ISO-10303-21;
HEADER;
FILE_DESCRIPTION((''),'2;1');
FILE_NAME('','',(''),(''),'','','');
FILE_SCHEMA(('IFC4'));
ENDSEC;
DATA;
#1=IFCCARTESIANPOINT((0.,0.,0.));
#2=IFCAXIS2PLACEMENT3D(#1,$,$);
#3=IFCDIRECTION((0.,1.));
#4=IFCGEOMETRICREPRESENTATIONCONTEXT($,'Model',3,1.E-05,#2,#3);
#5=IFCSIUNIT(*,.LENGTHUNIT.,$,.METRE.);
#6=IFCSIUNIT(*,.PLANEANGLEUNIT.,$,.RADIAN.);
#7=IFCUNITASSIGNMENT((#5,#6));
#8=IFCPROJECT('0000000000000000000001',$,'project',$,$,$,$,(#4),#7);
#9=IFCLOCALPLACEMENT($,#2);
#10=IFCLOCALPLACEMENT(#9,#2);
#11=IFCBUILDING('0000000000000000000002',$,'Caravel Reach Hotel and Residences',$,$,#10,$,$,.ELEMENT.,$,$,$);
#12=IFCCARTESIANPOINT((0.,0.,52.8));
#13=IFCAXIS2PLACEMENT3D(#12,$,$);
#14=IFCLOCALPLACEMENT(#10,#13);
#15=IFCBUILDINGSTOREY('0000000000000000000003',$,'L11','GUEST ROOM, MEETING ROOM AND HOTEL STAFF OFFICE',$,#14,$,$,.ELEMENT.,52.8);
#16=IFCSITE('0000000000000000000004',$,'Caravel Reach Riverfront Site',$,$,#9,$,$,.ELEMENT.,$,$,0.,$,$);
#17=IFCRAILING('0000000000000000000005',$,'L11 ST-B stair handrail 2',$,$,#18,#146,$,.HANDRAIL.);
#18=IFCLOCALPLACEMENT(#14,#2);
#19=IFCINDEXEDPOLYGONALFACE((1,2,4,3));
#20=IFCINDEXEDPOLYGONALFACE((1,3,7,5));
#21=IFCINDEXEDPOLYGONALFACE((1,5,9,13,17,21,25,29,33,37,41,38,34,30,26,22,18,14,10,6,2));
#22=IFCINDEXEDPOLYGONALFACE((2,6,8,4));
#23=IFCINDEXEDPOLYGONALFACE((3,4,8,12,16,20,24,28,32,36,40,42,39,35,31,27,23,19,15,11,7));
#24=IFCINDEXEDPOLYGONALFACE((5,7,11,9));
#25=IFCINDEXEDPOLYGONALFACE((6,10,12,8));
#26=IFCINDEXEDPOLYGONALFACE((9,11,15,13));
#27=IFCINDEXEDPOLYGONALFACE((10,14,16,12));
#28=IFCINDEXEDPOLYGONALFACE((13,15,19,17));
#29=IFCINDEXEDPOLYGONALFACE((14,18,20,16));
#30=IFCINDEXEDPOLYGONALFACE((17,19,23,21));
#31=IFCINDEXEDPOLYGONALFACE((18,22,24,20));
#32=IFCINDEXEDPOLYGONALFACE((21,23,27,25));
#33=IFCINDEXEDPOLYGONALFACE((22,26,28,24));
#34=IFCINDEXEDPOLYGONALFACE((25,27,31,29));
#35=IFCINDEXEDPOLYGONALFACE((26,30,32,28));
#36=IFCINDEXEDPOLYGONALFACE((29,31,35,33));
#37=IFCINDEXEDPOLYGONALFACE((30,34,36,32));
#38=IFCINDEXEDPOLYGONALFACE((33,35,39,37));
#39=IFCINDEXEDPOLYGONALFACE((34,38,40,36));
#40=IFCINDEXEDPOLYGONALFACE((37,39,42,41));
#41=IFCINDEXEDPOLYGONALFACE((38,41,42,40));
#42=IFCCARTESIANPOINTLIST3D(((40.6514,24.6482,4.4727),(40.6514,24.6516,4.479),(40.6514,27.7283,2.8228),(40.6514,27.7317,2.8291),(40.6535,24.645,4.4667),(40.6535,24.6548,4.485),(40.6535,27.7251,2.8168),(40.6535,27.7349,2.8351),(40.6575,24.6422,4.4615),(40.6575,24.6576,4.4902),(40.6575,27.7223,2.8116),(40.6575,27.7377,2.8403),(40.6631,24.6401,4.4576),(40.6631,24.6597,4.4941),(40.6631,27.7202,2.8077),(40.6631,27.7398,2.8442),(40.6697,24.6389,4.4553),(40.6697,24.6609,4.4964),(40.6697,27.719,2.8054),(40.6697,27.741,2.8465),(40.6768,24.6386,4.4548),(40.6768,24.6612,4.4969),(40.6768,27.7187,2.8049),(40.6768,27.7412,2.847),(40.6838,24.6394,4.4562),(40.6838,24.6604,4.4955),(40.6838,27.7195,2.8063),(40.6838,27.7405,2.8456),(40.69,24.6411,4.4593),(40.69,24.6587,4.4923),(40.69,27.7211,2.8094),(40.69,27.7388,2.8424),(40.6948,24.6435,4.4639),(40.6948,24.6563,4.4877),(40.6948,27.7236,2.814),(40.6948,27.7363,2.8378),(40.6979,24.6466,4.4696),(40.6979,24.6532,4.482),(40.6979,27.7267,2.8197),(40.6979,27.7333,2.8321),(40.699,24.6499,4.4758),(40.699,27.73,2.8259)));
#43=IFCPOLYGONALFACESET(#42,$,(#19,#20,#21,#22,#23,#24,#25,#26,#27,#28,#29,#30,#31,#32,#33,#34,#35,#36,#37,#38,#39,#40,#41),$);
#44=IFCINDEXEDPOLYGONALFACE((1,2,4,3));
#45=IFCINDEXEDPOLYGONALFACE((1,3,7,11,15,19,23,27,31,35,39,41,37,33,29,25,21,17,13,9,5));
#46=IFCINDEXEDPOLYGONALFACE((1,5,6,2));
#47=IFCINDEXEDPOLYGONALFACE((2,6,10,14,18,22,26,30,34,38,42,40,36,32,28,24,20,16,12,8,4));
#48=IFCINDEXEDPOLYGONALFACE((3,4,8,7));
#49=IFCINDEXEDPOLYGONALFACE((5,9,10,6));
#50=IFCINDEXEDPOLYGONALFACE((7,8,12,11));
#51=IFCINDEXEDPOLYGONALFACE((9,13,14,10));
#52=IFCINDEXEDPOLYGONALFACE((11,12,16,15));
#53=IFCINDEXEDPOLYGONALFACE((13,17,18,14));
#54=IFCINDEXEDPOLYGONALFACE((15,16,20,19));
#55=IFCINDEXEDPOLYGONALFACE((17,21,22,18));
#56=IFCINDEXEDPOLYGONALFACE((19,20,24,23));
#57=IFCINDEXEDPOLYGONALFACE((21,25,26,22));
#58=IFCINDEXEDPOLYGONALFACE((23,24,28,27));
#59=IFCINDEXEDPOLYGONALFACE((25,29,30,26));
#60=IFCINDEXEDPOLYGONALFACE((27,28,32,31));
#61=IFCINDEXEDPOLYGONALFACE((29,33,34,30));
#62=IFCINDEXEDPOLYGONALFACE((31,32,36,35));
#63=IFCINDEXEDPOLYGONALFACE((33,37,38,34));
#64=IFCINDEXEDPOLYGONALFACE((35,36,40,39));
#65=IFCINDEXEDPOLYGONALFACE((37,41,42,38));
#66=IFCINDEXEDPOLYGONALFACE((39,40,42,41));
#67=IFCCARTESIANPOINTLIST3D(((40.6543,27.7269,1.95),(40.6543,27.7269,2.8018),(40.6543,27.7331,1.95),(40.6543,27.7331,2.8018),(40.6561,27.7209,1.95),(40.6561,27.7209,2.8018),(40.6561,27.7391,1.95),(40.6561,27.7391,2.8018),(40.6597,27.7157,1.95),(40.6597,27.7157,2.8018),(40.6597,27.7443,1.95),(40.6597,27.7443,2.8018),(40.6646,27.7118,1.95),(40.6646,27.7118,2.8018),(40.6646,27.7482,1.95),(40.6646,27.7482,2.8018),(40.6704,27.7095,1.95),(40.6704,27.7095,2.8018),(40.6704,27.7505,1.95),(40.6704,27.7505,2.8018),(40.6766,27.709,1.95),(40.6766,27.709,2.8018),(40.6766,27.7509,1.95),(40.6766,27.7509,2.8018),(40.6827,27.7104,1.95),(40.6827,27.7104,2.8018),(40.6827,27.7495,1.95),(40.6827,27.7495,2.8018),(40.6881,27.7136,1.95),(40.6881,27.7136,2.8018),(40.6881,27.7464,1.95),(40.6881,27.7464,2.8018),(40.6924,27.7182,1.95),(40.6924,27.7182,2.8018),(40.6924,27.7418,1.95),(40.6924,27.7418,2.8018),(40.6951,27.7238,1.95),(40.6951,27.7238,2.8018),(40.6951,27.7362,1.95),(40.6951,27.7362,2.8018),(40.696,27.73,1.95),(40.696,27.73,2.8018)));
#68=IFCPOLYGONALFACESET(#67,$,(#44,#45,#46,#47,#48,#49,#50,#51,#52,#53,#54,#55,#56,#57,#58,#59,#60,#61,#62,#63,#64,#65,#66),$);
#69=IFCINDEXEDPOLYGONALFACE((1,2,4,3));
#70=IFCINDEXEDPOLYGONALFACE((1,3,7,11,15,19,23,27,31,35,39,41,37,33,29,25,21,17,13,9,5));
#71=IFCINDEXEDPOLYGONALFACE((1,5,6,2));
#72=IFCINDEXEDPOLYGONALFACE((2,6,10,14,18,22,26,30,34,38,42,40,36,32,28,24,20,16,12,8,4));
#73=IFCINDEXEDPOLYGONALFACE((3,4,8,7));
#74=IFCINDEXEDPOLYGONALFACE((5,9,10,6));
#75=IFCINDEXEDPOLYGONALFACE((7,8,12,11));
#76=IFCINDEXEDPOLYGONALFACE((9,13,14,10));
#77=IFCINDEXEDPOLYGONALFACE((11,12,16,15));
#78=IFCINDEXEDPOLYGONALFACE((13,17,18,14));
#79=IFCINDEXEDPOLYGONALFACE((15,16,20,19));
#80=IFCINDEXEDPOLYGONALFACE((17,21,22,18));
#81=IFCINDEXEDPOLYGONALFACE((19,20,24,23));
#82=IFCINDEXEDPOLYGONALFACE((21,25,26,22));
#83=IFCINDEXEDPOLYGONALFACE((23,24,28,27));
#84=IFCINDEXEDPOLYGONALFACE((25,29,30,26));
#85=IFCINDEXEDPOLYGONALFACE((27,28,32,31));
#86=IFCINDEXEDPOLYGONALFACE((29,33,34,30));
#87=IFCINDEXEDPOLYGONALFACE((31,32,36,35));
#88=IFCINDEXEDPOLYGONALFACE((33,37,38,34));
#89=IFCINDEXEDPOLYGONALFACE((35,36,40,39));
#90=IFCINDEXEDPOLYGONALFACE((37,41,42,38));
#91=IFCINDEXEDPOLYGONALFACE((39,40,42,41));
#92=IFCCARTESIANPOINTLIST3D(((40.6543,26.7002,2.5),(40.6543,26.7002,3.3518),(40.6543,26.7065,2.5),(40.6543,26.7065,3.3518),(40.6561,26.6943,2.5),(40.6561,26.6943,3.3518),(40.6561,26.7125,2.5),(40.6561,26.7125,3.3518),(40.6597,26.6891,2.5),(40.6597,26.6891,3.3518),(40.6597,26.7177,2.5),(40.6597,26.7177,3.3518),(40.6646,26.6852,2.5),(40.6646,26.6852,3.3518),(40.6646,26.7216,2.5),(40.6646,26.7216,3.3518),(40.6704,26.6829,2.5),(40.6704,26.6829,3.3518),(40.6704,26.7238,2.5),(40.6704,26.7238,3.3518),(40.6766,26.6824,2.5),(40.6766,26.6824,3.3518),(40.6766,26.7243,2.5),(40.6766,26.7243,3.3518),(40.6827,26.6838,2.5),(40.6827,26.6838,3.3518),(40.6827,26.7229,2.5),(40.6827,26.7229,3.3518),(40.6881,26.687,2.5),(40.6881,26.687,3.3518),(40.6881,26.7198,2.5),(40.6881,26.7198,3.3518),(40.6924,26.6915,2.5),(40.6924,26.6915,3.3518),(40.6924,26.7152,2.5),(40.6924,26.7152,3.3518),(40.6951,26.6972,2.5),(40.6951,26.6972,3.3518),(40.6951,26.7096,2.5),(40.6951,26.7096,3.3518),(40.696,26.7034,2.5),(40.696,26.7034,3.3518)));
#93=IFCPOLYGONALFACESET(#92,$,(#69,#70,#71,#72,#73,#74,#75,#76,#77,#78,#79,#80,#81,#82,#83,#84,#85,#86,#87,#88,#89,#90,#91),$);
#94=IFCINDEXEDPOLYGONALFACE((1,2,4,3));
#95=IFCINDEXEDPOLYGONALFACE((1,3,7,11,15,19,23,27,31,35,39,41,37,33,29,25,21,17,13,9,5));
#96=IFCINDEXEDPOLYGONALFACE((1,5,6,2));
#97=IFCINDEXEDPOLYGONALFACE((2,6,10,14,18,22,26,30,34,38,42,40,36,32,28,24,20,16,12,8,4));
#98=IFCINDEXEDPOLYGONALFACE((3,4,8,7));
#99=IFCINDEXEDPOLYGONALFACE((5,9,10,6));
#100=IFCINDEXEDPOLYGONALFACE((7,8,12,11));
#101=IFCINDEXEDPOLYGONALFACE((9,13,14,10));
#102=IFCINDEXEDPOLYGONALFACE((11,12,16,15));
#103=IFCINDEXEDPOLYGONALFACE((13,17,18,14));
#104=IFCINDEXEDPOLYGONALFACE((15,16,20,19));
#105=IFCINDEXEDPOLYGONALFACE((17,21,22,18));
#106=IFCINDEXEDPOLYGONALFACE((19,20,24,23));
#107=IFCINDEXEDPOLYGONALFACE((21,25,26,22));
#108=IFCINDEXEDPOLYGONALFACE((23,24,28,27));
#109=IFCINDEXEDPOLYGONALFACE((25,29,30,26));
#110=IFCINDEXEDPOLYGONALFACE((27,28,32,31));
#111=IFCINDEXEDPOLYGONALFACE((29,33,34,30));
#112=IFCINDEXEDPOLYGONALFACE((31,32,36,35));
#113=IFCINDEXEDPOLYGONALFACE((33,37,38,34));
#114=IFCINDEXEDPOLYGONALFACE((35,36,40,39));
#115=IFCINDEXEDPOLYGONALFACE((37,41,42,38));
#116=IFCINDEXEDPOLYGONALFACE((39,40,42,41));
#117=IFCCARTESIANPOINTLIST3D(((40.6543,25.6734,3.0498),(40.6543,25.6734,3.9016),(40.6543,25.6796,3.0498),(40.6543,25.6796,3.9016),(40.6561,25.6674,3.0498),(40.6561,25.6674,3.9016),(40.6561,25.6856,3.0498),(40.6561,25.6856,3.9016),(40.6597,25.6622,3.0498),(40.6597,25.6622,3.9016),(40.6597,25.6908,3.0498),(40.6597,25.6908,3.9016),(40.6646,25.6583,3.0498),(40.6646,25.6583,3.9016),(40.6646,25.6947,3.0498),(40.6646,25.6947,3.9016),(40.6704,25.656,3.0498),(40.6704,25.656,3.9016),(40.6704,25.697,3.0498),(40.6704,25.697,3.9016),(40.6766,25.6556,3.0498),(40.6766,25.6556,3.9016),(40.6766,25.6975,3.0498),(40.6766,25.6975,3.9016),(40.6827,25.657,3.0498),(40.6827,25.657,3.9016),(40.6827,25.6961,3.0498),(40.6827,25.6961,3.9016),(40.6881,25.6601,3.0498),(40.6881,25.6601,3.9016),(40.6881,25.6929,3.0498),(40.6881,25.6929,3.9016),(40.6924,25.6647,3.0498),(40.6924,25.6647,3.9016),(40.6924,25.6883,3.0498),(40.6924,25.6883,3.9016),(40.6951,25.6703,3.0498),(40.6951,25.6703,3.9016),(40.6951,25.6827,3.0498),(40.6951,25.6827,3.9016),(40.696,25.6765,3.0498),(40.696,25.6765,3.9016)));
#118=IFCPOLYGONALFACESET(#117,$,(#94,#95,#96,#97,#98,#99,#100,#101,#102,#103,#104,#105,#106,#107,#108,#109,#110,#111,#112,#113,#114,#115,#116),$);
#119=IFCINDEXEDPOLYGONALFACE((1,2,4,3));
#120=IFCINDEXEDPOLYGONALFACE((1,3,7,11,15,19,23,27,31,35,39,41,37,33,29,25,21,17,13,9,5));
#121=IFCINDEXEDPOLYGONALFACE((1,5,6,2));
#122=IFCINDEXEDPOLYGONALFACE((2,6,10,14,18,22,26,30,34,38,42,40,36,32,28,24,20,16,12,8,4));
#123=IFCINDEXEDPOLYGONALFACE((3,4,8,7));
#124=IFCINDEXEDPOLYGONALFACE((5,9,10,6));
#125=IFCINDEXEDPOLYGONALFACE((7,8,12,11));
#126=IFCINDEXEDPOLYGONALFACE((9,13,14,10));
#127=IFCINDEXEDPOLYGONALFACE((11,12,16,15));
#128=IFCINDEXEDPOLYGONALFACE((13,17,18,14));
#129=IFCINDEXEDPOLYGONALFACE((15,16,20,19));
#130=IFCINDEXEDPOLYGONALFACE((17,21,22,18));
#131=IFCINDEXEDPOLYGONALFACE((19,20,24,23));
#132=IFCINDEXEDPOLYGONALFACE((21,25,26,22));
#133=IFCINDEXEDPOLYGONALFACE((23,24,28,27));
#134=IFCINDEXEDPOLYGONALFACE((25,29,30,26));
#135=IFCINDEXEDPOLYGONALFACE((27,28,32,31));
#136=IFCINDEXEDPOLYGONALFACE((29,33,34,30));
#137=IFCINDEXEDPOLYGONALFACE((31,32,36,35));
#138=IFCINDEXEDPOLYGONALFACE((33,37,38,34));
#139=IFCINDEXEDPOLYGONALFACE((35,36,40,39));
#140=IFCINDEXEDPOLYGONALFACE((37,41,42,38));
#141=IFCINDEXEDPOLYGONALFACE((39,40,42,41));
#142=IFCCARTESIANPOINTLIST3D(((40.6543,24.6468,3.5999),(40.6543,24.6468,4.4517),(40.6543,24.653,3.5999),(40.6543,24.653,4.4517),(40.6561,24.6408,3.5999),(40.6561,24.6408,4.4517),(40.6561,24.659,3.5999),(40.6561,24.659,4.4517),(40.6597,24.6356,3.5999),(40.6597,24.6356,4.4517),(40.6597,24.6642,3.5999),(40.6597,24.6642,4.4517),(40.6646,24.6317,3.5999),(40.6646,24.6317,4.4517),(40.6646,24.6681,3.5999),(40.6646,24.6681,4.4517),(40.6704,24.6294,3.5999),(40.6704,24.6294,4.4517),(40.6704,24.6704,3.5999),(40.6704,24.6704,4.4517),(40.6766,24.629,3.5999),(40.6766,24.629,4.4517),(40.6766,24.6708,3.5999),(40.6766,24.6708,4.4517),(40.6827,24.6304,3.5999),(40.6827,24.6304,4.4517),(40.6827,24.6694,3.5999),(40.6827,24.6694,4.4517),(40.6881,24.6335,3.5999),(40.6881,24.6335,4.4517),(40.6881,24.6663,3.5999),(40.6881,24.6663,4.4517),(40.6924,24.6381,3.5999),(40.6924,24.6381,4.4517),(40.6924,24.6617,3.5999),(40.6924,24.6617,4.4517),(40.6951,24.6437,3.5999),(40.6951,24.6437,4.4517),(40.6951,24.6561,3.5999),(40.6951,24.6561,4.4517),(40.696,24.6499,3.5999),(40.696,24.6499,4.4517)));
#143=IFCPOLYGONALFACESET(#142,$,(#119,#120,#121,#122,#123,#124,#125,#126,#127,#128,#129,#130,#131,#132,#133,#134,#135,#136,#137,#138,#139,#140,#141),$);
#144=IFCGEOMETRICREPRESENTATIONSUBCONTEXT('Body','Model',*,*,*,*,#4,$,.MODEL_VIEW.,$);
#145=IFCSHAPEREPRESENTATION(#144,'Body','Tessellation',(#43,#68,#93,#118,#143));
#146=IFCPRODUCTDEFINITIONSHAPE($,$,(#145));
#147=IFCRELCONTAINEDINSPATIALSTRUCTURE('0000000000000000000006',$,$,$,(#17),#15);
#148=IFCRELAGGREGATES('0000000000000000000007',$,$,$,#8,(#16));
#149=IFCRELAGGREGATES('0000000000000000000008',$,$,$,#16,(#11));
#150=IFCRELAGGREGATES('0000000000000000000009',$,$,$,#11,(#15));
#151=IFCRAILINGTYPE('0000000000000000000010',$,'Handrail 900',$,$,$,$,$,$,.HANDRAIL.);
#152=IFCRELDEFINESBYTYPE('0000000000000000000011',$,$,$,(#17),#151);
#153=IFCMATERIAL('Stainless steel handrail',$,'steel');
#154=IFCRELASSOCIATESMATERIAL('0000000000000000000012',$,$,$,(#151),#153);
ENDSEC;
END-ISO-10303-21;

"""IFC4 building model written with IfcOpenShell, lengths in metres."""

from ifc_helpers import new_model, si_unit, direction, frame, origin, origin_2d, place, context, subcontext, project, spatial, circle, extrude, material, type_object, element, save


model = new_model("IFC4")

# Units and contexts
model_context = context("Model", 3, precision=1e-05, world=origin(), true_north=direction((0.0, 1.0)))
body_context = subcontext(model_context, "Body", "Model", "MODEL_VIEW")
ifc_project = project(units=[si_unit("LENGTHUNIT", "METRE"), si_unit("PLANEANGLEUNIT", "RADIAN")], contexts=[model_context])

# Site, building, storey
site_placement = place(None, origin())
site = spatial("IfcSite", under=ifc_project, at=site_placement, Name="Caravel Reach Riverfront Site", CompositionType="ELEMENT", RefElevation=0.0)
building_placement = place(site_placement, origin())
building = spatial("IfcBuilding", under=site, at=building_placement, Name="Caravel Reach Hotel and Residences", CompositionType="ELEMENT")
storey_placement = place(building_placement, frame((0.0, 0.0, 52.8)))
storey = spatial("IfcBuildingStorey", under=building, at=storey_placement, Name="L11", Description="GUEST ROOM, MEETING ROOM AND HOTEL STAFF OFFICE", CompositionType="ELEMENT", Elevation=52.8)

# Railing
ifc_material_1 = material(Name="Stainless steel handrail", Category="steel")
railing_type_1 = type_object("IfcRailingType", Name="Handrail 900", PredefinedType="HANDRAIL", material=ifc_material_1)
railing_1_placement = place(storey_placement, frame((40.675, 27.73, 1.95)))
element("IfcRailing", 1, at=railing_1_placement, inside=storey, type_object=railing_type_1, Name="L11 ST-B stair handrail 2", PredefinedType="HANDRAIL", context=body_context, shape_type="SweptSolid", body=[
    extrude(circle(Radius=0.0239, at=origin_2d()), frame((0.0, 0.0, 0.876), z_axis=(0.0, -0.881497, 0.47219), x_axis=(1.0, 0.0, 0.0)), (0.0, 0.0, 1.0), 3.4941),
    extrude(circle(Radius=0.021, at=origin_2d()), origin(), (0.0, 0.0, 1.0), 0.8518),
    extrude(circle(Radius=0.021, at=origin_2d()), frame((0.0, -1.0266, 0.55)), (0.0, 0.0, 1.0), 0.8518),
    extrude(circle(Radius=0.021, at=origin_2d()), frame((0.0, -2.0535, 1.0999)), (0.0, 0.0, 1.0), 0.8518),
    extrude(circle(Radius=0.021, at=origin_2d()), frame((0.0, -3.0801, 1.6499)), (0.0, 0.0, 1.0), 0.8518),
])

save(model, "model.ifc")
